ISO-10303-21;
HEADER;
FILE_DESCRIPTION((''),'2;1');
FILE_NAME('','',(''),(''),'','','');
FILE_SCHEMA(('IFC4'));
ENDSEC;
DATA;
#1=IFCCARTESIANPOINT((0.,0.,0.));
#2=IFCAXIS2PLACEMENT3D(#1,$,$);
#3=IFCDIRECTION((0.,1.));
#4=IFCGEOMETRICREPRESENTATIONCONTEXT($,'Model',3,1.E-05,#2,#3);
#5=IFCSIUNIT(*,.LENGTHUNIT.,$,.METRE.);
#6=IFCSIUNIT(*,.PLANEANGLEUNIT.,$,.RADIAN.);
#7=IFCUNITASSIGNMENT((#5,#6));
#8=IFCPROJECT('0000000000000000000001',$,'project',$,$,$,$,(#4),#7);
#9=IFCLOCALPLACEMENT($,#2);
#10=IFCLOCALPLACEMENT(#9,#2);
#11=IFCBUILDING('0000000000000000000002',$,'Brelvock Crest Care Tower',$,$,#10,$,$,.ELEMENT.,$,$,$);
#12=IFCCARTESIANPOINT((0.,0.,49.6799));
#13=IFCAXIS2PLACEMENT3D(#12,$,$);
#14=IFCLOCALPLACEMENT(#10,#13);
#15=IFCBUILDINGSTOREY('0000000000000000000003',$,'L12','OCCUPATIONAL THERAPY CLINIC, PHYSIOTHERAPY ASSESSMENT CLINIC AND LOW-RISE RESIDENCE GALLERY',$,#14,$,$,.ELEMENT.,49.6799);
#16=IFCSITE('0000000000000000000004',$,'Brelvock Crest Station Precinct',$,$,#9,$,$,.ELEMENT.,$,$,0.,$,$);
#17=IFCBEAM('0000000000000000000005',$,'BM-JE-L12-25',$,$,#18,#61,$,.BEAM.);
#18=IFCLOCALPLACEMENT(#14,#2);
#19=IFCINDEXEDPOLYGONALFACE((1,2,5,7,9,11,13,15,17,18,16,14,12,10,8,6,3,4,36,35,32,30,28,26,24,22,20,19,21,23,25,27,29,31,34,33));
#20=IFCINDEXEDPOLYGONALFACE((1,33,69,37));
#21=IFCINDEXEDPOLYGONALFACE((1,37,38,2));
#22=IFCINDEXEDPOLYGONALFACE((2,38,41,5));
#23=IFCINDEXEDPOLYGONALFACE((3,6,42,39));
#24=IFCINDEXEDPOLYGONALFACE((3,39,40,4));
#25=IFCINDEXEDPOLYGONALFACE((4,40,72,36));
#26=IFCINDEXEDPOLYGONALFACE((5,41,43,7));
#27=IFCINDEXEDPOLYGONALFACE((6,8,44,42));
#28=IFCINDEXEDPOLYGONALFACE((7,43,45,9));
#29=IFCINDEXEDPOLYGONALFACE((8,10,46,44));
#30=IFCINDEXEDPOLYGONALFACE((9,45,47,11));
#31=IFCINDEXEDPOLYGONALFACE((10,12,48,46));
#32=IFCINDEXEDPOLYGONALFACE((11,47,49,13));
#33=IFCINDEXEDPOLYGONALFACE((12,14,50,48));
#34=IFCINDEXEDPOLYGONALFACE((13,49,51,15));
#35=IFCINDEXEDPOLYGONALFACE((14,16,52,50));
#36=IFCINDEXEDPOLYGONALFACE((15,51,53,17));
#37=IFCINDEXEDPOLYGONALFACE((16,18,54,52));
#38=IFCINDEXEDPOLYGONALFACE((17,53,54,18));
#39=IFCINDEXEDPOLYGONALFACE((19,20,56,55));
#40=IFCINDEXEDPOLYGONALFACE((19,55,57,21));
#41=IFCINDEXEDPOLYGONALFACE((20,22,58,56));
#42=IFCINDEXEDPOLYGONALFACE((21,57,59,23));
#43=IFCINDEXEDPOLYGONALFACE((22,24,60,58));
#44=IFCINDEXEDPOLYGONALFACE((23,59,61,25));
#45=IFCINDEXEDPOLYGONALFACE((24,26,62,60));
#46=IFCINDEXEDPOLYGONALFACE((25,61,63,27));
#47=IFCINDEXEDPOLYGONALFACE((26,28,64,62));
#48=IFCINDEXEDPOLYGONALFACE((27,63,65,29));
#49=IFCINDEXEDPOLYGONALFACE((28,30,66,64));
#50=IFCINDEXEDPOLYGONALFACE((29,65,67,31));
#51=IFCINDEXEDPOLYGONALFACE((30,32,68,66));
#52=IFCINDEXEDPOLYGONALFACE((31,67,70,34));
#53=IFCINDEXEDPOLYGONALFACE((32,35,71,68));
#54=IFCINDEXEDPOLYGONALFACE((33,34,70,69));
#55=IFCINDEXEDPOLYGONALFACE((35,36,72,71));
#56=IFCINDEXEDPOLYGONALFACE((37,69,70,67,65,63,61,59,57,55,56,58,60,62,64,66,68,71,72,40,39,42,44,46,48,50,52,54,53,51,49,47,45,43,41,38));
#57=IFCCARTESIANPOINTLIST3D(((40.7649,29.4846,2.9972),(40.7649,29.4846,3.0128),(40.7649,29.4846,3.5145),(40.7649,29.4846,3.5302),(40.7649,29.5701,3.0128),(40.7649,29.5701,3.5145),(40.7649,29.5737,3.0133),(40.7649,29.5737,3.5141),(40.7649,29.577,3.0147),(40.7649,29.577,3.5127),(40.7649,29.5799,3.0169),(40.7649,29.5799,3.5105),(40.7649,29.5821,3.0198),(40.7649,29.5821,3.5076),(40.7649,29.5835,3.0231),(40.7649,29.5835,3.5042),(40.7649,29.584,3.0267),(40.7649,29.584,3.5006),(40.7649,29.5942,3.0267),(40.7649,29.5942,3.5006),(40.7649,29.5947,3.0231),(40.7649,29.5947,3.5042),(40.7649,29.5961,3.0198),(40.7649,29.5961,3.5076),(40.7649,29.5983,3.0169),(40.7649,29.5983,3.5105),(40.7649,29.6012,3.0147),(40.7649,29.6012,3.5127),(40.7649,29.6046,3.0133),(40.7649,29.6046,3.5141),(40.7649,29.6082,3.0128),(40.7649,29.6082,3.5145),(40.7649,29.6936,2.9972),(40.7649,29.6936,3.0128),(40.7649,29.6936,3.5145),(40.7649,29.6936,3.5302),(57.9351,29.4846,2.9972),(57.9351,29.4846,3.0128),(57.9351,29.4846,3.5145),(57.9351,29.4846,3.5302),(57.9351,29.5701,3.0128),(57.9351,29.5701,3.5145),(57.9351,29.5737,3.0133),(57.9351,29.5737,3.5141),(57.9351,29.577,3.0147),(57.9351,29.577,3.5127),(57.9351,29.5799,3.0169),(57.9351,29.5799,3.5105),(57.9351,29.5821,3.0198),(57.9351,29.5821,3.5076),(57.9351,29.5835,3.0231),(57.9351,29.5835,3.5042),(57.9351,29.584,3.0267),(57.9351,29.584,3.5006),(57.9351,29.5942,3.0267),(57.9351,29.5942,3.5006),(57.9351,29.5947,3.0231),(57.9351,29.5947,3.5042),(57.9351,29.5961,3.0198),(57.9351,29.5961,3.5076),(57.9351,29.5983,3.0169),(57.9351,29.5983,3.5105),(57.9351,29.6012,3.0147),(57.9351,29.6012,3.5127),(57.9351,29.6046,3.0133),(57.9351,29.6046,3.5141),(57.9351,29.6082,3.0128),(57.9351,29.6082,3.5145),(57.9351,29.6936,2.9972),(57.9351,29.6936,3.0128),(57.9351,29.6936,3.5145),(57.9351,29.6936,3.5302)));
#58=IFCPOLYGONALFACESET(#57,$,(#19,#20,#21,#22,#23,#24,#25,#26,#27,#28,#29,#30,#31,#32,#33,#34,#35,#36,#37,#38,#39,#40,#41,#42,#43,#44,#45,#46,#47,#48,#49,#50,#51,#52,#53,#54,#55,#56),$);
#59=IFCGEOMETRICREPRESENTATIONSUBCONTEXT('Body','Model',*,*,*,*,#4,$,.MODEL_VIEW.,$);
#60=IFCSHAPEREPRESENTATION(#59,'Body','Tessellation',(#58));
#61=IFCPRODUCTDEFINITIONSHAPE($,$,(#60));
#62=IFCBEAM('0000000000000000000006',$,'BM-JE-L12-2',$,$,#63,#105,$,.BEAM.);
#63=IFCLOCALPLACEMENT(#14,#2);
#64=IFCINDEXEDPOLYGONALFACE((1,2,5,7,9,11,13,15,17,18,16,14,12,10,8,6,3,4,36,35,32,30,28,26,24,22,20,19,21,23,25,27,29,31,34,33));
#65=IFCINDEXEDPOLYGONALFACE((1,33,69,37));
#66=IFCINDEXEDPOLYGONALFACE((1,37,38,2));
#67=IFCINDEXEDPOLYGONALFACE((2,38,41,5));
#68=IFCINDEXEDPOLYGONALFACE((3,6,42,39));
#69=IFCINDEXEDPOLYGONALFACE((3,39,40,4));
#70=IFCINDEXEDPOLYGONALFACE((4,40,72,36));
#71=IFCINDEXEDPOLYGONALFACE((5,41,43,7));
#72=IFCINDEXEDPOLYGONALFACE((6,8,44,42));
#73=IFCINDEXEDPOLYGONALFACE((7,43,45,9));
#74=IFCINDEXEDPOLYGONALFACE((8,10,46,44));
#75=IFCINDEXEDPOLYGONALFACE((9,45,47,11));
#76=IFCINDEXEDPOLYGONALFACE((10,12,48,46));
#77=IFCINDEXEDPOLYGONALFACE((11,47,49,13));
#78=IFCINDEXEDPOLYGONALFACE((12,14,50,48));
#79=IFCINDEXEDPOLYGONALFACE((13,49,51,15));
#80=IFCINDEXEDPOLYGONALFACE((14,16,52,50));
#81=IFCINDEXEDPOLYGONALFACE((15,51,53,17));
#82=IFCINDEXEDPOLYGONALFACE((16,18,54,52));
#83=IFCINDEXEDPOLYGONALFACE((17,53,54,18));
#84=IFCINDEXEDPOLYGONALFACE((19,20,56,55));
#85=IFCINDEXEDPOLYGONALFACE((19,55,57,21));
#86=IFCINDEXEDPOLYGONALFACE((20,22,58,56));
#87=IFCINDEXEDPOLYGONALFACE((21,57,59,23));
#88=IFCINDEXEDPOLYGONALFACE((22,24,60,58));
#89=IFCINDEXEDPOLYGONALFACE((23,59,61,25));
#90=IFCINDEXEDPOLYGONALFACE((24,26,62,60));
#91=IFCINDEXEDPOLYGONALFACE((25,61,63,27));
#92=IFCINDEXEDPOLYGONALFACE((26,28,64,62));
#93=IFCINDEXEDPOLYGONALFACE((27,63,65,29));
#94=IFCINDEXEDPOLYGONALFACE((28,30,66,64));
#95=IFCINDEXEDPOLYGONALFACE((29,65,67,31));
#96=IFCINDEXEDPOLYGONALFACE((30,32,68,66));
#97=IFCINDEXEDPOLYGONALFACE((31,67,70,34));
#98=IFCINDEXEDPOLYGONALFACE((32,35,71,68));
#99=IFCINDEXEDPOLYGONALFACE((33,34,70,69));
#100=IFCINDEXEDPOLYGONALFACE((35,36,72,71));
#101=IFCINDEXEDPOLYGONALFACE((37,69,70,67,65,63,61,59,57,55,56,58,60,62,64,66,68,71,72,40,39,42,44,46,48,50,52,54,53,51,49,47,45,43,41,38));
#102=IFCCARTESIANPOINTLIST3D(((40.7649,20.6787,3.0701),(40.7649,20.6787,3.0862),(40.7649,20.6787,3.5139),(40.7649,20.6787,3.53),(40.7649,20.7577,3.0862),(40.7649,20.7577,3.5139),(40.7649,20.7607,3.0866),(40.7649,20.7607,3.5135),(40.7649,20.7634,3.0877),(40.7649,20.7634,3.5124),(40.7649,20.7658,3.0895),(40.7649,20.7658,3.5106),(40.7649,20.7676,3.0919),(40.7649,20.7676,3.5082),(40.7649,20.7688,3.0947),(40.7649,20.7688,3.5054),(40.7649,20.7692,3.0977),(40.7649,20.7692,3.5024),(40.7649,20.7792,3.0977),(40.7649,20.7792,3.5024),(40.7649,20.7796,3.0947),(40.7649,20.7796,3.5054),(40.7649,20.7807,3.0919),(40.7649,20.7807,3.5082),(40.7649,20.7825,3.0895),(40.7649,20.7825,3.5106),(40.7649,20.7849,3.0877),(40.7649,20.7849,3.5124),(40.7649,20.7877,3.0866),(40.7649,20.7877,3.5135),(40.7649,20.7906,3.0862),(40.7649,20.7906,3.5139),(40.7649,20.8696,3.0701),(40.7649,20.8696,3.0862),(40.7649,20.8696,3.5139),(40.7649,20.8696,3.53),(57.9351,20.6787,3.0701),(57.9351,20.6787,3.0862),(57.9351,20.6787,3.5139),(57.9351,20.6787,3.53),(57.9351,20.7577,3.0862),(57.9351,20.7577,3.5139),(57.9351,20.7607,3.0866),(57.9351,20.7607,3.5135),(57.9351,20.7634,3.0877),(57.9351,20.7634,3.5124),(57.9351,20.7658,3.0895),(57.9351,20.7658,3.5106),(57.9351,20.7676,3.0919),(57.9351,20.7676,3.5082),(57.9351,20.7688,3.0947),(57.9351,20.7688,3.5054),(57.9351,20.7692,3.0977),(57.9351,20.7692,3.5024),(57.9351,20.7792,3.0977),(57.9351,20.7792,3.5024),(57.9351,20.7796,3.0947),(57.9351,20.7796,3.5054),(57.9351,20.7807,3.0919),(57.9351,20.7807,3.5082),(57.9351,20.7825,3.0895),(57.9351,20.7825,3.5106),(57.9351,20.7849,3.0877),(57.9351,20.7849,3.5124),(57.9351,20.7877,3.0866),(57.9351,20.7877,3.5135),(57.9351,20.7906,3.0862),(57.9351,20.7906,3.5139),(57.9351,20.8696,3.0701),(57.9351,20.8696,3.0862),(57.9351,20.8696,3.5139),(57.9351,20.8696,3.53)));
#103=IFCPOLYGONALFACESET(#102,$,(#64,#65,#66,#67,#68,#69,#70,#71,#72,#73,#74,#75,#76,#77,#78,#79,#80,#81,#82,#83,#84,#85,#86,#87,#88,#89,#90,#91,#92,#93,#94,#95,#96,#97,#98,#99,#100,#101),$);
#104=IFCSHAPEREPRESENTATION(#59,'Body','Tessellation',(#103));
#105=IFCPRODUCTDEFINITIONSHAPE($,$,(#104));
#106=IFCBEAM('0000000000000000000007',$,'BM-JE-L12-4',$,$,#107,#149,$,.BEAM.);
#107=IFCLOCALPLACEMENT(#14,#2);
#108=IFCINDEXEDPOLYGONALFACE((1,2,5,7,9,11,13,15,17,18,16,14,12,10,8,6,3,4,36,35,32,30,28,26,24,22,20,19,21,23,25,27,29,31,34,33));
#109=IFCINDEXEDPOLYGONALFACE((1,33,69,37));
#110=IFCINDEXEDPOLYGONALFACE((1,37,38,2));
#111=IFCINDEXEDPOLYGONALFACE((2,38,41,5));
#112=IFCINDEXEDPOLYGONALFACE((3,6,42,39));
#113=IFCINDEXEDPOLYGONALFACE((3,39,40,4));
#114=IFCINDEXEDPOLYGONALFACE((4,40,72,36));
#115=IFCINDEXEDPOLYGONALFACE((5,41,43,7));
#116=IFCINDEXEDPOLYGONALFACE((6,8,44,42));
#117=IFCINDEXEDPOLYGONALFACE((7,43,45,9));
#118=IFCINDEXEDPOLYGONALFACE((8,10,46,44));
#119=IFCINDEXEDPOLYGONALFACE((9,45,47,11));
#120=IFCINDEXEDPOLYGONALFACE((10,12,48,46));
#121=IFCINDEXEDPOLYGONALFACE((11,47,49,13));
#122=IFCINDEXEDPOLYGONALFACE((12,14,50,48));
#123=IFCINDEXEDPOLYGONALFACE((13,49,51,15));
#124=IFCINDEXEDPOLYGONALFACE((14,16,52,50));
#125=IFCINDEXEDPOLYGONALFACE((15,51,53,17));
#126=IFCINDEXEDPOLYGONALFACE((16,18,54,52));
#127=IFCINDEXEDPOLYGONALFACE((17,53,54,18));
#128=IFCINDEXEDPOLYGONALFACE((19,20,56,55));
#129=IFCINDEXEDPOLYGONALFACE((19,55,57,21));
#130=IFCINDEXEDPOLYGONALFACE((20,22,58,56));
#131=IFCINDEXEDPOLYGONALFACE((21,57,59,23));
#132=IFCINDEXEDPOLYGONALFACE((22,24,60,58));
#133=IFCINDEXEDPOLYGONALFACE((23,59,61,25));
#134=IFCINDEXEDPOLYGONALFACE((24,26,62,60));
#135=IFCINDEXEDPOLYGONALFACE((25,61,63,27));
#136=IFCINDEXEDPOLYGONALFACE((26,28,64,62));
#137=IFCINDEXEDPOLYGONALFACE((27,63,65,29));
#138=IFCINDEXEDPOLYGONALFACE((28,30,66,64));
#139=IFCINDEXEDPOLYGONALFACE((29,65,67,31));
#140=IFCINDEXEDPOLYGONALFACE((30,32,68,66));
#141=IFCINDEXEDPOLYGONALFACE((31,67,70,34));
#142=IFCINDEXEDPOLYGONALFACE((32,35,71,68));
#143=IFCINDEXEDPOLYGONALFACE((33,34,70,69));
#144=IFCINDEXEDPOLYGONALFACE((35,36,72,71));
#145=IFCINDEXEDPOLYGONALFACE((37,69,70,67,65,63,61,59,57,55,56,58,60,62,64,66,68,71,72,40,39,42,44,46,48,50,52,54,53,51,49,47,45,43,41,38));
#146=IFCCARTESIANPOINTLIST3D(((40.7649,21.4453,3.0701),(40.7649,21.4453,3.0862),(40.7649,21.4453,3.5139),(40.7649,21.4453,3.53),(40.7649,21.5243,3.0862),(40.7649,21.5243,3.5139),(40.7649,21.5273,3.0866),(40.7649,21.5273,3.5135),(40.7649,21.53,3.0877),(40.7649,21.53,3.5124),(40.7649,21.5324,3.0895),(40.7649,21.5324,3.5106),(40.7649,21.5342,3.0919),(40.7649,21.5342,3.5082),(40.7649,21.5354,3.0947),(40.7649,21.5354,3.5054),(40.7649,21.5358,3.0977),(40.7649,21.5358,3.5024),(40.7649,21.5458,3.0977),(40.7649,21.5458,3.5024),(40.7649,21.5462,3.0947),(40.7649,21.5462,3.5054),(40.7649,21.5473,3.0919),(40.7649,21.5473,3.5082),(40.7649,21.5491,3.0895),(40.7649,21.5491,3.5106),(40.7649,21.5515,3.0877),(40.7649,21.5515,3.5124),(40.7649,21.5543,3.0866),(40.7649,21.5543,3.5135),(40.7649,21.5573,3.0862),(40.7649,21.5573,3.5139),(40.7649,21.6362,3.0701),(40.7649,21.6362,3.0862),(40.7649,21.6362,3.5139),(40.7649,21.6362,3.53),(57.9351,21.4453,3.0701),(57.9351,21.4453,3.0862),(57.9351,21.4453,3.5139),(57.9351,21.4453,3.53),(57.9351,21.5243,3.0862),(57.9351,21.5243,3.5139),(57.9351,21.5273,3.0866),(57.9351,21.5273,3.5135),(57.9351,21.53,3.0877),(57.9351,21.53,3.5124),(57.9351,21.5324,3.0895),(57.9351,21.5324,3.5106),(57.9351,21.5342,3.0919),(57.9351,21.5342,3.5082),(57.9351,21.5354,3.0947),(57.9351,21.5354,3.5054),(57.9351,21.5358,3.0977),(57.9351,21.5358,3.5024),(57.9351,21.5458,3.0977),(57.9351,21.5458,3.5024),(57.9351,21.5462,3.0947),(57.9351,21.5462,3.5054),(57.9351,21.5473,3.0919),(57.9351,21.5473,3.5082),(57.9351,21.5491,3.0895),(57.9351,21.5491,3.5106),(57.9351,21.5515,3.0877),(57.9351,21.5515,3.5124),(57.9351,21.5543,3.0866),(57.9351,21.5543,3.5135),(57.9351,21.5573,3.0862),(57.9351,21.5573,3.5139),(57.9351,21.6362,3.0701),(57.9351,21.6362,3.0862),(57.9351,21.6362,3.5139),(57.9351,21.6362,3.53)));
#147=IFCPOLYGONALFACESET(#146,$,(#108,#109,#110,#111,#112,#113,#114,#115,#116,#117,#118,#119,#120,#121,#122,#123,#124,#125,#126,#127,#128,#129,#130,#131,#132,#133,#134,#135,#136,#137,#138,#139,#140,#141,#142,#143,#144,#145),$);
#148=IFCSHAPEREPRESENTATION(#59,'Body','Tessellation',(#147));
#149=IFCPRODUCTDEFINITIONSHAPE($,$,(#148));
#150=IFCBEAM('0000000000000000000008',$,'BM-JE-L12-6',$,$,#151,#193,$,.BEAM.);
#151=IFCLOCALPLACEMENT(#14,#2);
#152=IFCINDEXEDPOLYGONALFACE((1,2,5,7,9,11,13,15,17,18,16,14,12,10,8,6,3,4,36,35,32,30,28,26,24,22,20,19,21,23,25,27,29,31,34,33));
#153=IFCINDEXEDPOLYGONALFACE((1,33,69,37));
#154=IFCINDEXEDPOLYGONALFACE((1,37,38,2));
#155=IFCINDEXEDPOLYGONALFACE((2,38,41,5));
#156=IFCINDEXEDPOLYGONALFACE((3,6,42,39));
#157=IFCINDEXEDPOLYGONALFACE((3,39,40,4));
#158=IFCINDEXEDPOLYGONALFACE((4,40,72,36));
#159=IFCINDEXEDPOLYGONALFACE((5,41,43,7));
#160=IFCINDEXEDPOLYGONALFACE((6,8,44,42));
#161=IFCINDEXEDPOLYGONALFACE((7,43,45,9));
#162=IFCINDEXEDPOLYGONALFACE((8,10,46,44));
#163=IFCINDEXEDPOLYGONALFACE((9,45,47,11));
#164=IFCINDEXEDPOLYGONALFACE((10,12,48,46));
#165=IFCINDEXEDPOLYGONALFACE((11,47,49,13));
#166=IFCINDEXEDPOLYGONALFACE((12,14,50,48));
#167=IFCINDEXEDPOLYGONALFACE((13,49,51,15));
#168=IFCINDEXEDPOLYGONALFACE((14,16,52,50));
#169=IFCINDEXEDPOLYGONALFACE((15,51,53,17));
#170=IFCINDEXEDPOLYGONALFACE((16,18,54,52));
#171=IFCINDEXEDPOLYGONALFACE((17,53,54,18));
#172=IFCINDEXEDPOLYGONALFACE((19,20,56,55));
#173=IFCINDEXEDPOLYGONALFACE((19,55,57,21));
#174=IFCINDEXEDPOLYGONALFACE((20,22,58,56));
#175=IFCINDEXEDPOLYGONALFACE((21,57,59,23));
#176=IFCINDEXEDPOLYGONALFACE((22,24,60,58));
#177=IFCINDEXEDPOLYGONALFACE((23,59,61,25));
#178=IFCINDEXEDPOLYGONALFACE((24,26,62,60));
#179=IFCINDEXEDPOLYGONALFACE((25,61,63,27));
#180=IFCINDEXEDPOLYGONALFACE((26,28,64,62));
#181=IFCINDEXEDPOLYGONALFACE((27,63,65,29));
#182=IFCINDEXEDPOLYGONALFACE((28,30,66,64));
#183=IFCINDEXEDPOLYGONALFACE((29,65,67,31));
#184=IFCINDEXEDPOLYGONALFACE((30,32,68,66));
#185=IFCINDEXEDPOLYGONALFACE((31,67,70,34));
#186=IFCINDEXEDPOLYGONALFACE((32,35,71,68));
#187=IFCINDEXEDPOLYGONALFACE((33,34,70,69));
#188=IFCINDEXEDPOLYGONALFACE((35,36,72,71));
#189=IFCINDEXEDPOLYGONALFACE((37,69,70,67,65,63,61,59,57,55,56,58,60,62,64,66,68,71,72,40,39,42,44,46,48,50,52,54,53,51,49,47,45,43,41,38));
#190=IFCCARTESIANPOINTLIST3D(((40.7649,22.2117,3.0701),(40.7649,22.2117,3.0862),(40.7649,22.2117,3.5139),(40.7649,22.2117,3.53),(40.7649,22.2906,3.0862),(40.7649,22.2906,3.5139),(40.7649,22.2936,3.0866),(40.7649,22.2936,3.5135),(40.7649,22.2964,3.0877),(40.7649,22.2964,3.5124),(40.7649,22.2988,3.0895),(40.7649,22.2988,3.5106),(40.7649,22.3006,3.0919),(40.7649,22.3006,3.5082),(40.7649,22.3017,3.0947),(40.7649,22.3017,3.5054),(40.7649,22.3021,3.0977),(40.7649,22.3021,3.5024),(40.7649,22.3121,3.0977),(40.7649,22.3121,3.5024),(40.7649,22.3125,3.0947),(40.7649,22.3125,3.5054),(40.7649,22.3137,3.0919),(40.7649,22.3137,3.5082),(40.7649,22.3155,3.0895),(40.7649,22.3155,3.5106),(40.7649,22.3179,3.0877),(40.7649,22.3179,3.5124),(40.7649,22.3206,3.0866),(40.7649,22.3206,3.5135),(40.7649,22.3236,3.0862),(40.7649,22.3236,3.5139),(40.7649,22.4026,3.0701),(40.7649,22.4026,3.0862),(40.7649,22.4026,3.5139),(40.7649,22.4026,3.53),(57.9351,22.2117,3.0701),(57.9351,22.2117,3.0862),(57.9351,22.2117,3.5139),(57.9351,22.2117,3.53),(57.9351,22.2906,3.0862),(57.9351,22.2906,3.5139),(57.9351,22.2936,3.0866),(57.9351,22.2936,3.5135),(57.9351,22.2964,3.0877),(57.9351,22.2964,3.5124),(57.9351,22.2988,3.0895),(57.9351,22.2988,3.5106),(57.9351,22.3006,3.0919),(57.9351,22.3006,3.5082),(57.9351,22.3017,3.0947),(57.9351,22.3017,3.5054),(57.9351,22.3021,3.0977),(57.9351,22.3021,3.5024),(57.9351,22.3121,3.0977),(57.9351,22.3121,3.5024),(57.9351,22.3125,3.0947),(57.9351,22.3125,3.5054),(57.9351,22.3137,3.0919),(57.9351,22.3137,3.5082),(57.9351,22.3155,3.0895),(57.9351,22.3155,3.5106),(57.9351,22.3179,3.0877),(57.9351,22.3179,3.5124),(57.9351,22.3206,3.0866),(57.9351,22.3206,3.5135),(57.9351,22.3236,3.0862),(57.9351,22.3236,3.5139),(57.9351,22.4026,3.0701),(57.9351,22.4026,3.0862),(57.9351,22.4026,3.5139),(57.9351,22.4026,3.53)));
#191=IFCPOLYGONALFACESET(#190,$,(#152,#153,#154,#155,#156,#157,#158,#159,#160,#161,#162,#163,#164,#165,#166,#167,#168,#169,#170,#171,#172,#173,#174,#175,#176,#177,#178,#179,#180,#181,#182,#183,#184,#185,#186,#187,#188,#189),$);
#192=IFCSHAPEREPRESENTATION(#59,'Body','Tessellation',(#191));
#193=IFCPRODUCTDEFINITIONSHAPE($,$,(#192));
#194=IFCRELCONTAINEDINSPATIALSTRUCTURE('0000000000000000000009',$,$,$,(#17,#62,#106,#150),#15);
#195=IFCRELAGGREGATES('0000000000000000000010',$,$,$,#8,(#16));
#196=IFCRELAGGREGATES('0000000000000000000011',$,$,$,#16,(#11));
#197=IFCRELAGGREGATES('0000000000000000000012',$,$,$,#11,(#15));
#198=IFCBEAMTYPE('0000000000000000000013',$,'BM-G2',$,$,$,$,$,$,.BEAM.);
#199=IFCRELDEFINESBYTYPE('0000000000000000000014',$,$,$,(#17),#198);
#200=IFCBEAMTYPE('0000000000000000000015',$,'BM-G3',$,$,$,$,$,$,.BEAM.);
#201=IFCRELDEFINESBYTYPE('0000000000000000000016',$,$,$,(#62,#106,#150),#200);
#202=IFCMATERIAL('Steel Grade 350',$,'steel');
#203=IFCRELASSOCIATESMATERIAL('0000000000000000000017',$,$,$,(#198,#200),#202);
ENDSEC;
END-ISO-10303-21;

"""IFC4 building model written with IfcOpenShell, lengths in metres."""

from ifc_helpers import new_model, si_unit, direction, frame, origin, origin_2d, place, context, subcontext, project, spatial, i_section, extrude, source, transform, mapped, material, material_profile, profile_set, type_object, element, save


model = new_model("IFC4")

# Units and contexts
model_context = context("Model", 3, precision=1e-05, world=origin(), true_north=direction((0.0, 1.0)))
body_context = subcontext(model_context, "Body", "Model", "MODEL_VIEW")
ifc_project = project(units=[si_unit("LENGTHUNIT", "METRE"), si_unit("PLANEANGLEUNIT", "RADIAN")], contexts=[model_context])

# Site, building, storey
site_placement = place(None, origin())
site = spatial("IfcSite", under=ifc_project, at=site_placement, Name="Brelvock Crest Station Precinct", CompositionType="ELEMENT", RefElevation=0.0)
building_placement = place(site_placement, origin())
building = spatial("IfcBuilding", under=site, at=building_placement, Name="Brelvock Crest Care Tower", CompositionType="ELEMENT")
storey_placement = place(building_placement, frame((0.0, 0.0, 49.6799)))
storey = spatial("IfcBuildingStorey", under=building, at=storey_placement, Name="L12", Description="OCCUPATIONAL THERAPY CLINIC, PHYSIOTHERAPY ASSESSMENT CLINIC AND LOW-RISE RESIDENCE GALLERY", CompositionType="ELEMENT", Elevation=49.6799)

# Shared definitions
ifc_material_1 = material(Name="Steel Grade 350", Category="steel")

# Beams
ifc_material_profile_1 = material_profile(ifc_material_1, i_section(OverallWidth=0.209, OverallDepth=0.533, WebThickness=0.0103, FlangeThickness=0.0156, FilletRadius=0.0139, at=origin_2d()), Name="530UB92.4")
ifc_profile_set_1 = profile_set([ifc_material_profile_1], Name="Steel Grade 350")
beam_type_1 = type_object("IfcBeamType", Name="BM-G2", PredefinedType="BEAM", material=ifc_profile_set_1)
shared_shape_1 = source(origin(), body_context, "Body", "SweptSolid", [
    extrude(i_section(OverallWidth=0.209, OverallDepth=0.533, WebThickness=0.0103, FlangeThickness=0.0156, FilletRadius=0.0139, at=origin_2d()), origin(), (0.0, 0.0, 1.0), 17.1702),
])
for number, where, z_axis, x_axis, name in (
    (1, (40.7649, 29.5891, 3.2637), (1.0, 0.0, 0.0), (0.0, 1.0, 0.0), "BM-JE-L12-25"),
):
    element("IfcBeam", number, at=place(storey_placement, frame(where, z_axis=z_axis, x_axis=x_axis)), inside=storey, type_object=beam_type_1, Name=name, PredefinedType="BEAM", context=body_context, shape_type="MappedRepresentation", body=[
        mapped(shared_shape_1, transform((0.0, 0.0, 0.0), x_axis=(1.0, 0.0, 0.0), y_axis=(0.0, 1.0, 0.0), z_axis=(0.0, 0.0, 1.0), scale=1.0)),
    ])
ifc_material_profile_2 = material_profile(ifc_material_1, i_section(OverallWidth=0.1909, OverallDepth=0.46, WebThickness=0.01, FlangeThickness=0.0161, FilletRadius=0.0115, at=origin_2d()), Name="460UB82.1")
ifc_profile_set_2 = profile_set([ifc_material_profile_2], Name="Steel Grade 350")
beam_type_2 = type_object("IfcBeamType", Name="BM-G3", PredefinedType="BEAM", material=ifc_profile_set_2)
shared_shape_2 = source(origin(), body_context, "Body", "SweptSolid", [
    extrude(i_section(OverallWidth=0.1909, OverallDepth=0.46, WebThickness=0.01, FlangeThickness=0.0161, FilletRadius=0.0115, at=origin_2d()), origin(), (0.0, 0.0, 1.0), 17.1702),
])
for number, where, z_axis, x_axis, name in (
    (2, (40.7649, 20.7742, 3.3), (1.0, 0.0, 0.0), (0.0, 1.0, 0.0), "BM-JE-L12-2"),
    (3, (40.7649, 21.5408, 3.3), (1.0, 0.0, 0.0), (0.0, 1.0, 0.0), "BM-JE-L12-4"),
    (4, (40.7649, 22.3071, 3.3), (1.0, 0.0, 0.0), (0.0, 1.0, 0.0), "BM-JE-L12-6"),
):
    element("IfcBeam", number, at=place(storey_placement, frame(where, z_axis=z_axis, x_axis=x_axis)), inside=storey, type_object=beam_type_2, Name=name, PredefinedType="BEAM", context=body_context, shape_type="MappedRepresentation", body=[
        mapped(shared_shape_2, transform((0.0, 0.0, 0.0), x_axis=(1.0, 0.0, 0.0), y_axis=(0.0, 1.0, 0.0), z_axis=(0.0, 0.0, 1.0), scale=1.0)),
    ])

save(model, "model.ifc")
